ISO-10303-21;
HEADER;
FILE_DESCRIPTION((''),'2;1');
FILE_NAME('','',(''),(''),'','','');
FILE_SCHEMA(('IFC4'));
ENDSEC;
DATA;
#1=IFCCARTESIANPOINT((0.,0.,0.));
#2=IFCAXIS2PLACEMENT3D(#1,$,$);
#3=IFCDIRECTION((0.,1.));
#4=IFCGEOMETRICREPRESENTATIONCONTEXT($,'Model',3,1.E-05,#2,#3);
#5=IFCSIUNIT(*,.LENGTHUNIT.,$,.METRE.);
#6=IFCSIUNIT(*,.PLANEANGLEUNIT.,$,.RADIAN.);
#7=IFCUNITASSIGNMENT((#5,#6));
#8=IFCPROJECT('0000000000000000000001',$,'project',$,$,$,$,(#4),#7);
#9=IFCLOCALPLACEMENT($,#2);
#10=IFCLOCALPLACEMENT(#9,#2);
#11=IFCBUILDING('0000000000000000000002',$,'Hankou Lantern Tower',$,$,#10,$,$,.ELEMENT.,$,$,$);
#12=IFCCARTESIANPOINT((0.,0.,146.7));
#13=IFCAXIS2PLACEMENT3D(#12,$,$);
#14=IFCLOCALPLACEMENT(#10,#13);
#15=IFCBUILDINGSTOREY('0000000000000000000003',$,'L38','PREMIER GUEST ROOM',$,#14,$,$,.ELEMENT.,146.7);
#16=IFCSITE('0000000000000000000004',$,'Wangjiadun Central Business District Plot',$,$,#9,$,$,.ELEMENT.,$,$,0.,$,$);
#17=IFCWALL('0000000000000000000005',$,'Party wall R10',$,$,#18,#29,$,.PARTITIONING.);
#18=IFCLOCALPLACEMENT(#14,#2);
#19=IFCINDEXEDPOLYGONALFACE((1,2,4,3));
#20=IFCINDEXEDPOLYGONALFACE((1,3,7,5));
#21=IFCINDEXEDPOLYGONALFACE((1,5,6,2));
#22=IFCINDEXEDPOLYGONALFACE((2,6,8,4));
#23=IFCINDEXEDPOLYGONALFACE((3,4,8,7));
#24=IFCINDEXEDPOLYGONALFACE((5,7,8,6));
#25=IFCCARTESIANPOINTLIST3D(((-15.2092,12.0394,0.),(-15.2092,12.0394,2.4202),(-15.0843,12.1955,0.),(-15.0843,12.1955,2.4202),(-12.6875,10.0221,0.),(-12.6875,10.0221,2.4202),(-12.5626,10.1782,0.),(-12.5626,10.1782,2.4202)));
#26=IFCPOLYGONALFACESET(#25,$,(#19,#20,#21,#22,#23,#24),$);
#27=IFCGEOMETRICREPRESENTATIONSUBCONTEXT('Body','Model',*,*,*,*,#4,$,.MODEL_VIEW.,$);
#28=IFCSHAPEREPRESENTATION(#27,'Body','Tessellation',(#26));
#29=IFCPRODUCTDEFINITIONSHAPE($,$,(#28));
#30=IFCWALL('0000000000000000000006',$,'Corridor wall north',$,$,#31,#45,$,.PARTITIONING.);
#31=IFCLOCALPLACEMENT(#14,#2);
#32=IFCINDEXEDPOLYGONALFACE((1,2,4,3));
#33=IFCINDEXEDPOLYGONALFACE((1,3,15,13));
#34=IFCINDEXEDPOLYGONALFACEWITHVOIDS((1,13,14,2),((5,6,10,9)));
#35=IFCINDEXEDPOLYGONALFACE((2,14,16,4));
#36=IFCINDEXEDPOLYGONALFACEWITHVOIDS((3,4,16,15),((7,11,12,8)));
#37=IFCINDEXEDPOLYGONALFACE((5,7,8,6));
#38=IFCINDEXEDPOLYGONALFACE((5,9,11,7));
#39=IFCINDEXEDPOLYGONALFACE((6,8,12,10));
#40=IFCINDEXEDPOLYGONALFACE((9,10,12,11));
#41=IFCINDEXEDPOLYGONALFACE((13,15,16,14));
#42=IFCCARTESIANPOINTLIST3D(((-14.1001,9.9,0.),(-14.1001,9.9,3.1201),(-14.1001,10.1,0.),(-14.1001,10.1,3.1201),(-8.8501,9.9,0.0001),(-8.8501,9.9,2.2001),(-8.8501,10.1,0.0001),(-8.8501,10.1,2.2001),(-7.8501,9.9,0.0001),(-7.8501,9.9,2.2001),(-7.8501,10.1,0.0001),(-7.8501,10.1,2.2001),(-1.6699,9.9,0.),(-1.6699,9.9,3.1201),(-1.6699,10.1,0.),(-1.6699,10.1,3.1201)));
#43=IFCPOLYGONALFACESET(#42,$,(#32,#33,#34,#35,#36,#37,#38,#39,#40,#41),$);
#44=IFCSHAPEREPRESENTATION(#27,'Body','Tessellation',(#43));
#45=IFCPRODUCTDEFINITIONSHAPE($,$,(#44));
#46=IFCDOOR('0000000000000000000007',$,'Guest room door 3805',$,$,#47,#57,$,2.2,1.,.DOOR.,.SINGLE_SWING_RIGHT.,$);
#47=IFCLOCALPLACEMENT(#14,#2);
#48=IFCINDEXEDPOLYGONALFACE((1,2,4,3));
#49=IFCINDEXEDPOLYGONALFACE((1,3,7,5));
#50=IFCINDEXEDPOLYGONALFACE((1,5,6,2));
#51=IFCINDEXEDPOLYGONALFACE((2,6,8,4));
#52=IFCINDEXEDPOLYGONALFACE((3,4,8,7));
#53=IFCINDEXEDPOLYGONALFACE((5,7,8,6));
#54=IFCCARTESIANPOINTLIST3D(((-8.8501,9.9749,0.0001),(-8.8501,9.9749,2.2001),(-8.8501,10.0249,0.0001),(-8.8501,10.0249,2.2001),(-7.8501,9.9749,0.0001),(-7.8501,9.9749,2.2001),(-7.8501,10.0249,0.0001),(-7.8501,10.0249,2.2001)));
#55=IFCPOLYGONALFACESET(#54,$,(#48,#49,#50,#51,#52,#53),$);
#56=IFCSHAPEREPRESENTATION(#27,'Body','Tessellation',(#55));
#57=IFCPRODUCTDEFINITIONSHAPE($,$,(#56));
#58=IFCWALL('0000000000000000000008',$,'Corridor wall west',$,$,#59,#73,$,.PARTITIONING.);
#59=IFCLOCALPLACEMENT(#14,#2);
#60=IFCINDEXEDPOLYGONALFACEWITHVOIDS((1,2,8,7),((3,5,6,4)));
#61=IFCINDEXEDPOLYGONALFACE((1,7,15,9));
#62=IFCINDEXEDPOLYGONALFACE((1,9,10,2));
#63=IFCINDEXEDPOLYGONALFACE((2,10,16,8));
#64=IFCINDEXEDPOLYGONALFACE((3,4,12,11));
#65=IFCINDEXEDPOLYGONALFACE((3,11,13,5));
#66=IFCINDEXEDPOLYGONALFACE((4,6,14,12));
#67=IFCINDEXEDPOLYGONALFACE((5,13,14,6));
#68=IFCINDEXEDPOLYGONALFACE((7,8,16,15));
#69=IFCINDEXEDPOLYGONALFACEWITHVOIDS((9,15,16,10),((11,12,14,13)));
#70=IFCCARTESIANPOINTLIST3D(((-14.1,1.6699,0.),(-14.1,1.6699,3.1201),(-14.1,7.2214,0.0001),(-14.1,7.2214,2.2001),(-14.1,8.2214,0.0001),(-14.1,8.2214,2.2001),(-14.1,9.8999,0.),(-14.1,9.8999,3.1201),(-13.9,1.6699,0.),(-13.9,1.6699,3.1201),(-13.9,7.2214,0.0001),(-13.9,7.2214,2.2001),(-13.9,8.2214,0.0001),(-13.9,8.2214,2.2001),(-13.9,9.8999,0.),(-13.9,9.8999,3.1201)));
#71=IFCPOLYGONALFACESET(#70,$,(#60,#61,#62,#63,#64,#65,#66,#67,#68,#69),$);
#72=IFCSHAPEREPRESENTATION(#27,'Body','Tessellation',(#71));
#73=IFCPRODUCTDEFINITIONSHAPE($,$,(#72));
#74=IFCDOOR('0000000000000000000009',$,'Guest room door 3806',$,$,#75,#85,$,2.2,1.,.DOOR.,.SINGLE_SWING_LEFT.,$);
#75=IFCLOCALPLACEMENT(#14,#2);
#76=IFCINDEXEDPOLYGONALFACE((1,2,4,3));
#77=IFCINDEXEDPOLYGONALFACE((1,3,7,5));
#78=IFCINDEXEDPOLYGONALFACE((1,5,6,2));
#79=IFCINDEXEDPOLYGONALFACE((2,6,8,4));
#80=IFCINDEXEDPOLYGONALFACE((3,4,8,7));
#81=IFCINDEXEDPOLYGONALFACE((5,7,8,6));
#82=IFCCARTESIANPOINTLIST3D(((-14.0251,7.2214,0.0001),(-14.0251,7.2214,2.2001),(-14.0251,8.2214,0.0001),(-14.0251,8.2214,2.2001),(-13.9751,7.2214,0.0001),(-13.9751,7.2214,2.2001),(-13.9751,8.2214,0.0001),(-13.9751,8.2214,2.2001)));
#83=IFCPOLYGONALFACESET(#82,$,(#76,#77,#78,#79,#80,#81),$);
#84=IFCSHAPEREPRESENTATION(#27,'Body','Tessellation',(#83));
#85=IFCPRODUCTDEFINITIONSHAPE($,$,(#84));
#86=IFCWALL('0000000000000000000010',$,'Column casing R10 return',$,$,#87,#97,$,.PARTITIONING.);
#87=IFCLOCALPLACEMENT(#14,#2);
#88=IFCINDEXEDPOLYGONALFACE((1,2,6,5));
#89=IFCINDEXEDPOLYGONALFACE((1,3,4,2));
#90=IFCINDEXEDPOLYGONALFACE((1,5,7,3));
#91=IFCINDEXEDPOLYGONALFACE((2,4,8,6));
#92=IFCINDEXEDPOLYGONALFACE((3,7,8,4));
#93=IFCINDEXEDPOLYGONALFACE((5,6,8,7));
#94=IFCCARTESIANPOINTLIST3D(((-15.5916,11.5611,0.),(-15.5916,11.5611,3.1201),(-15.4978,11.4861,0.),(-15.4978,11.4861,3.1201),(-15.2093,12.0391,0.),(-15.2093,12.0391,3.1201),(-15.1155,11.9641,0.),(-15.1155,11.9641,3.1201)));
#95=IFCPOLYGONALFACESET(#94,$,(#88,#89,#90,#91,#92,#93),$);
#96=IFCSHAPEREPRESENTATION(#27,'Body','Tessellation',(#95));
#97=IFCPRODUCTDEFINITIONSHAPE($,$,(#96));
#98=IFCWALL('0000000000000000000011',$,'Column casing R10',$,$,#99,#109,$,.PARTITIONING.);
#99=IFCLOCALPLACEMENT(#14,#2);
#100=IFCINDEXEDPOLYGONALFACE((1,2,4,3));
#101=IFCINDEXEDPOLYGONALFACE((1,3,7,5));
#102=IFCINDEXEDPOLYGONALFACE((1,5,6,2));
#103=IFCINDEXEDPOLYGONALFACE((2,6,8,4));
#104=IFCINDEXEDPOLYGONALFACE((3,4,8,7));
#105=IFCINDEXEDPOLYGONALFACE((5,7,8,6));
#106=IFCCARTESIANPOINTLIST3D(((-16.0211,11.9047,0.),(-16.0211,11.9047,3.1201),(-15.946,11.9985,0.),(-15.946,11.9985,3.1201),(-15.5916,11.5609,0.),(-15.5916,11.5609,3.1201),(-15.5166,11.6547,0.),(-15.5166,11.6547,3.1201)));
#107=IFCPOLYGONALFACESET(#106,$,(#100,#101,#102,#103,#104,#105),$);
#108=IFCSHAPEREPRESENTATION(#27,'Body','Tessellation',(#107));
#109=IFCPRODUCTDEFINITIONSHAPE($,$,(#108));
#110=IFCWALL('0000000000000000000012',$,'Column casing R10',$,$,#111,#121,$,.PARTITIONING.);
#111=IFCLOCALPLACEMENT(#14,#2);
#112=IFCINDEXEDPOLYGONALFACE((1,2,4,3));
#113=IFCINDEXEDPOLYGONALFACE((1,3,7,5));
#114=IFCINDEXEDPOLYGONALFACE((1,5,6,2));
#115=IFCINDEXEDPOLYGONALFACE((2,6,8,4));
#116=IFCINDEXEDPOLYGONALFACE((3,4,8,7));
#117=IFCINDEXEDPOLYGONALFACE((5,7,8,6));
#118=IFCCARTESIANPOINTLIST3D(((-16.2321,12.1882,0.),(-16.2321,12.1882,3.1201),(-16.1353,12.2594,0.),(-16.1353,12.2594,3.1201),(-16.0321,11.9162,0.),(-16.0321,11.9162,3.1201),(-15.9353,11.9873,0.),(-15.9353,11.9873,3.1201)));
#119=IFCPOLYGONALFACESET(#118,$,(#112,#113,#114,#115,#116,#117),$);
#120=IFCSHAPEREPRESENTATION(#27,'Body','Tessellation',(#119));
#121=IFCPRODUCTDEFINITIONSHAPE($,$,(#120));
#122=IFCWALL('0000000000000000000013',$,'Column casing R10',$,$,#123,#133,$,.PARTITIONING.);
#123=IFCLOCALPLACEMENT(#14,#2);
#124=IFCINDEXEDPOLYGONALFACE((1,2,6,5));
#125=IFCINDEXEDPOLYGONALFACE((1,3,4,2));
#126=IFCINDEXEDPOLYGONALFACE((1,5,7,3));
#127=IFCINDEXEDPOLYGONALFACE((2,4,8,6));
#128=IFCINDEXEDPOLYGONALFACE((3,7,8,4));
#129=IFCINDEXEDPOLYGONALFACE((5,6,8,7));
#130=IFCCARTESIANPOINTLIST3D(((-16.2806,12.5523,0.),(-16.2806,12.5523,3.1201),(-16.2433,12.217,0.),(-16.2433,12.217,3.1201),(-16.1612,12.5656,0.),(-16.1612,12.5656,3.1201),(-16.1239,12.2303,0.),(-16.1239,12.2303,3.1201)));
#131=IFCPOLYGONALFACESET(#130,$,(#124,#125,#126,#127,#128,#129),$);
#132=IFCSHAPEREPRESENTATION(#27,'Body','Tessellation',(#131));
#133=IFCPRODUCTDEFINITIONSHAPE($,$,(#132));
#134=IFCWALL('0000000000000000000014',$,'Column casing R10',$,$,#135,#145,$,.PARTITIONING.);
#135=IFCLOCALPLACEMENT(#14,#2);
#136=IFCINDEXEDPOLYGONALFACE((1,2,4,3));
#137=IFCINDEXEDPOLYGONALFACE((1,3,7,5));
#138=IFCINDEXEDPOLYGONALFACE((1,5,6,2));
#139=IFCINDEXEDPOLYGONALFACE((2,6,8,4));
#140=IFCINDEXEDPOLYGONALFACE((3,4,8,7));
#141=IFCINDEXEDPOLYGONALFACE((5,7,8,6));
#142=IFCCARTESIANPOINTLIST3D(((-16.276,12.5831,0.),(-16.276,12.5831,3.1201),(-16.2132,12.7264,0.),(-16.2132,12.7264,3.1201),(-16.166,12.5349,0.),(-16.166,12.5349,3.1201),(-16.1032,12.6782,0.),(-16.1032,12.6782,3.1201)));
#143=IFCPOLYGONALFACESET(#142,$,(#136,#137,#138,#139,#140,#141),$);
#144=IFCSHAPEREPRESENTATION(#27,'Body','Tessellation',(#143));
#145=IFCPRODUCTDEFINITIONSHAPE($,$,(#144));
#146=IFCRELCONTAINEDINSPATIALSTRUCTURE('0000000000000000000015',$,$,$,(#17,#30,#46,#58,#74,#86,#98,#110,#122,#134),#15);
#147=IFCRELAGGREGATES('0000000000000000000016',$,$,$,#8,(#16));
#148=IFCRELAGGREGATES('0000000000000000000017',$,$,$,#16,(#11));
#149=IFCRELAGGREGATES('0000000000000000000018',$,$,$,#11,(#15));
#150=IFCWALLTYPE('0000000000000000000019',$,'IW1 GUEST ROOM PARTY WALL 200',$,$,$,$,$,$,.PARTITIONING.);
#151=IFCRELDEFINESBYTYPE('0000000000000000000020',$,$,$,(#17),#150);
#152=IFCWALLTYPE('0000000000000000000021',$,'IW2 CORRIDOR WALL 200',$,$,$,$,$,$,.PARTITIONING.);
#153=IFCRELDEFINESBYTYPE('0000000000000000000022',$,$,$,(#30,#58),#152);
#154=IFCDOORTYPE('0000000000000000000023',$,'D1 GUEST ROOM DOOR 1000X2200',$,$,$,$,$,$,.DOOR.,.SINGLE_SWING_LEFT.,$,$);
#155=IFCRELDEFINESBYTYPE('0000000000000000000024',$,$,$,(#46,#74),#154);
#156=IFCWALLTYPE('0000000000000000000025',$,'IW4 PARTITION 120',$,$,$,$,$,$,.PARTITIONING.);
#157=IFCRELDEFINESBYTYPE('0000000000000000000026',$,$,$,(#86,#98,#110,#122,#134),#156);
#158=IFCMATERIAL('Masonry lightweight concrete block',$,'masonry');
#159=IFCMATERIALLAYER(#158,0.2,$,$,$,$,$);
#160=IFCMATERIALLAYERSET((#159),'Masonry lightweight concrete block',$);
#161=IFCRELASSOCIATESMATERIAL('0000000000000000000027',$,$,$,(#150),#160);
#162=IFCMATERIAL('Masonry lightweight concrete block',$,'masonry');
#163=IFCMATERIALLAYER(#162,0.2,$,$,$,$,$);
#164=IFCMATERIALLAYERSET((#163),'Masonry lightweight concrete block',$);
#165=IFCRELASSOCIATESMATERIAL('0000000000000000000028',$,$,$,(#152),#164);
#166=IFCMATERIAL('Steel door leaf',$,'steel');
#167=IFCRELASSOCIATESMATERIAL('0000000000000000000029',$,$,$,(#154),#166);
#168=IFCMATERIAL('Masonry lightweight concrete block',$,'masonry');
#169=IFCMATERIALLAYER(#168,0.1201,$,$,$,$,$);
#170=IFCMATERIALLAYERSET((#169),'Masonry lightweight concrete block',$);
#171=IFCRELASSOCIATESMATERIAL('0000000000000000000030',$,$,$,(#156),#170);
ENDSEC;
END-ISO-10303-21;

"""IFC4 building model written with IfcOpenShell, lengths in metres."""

from ifc_helpers import new_model, si_unit, direction, frame, frame_2d, origin, place, context, subcontext, project, spatial, rectangle, extrude, material, layer, layer_set, type_object, element, fill, save


model = new_model("IFC4")

# Units and contexts
model_context = context("Model", 3, precision=1e-05, world=origin(), true_north=direction((0.0, 1.0)))
body_context = subcontext(model_context, "Body", "Model", "MODEL_VIEW")
ifc_project = project(units=[si_unit("LENGTHUNIT", "METRE"), si_unit("PLANEANGLEUNIT", "RADIAN")], contexts=[model_context])

# Site, building, storey
site_placement = place(None, origin())
site = spatial("IfcSite", under=ifc_project, at=site_placement, Name="Wangjiadun Central Business District Plot", CompositionType="ELEMENT", RefElevation=0.0)
building_placement = place(site_placement, origin())
building = spatial("IfcBuilding", under=site, at=building_placement, Name="Hankou Lantern Tower", CompositionType="ELEMENT")
storey_placement = place(building_placement, frame((0.0, 0.0, 146.7)))
storey = spatial("IfcBuildingStorey", under=building, at=storey_placement, Name="L38", Description="PREMIER GUEST ROOM", CompositionType="ELEMENT", Elevation=146.7)

# Wall
ifc_material_1 = material(Name="Masonry lightweight concrete block", Category="masonry")
ifc_layer_1 = layer(ifc_material_1, 0.2)
ifc_layer_set_1 = layer_set([ifc_layer_1], Name="Masonry lightweight concrete block")
wall_type_1 = type_object("IfcWallType", Name="IW1 GUEST ROOM PARTY WALL 200", PredefinedType="PARTITIONING", material=ifc_layer_set_1)
wall_1_placement = place(storey_placement, frame((-12.625, 10.1001, 0.0), z_axis=(0.0, 0.0, 1.0), x_axis=(-0.780876, 0.624686, 0.0)))
element("IfcWall", 1, at=wall_1_placement, inside=storey, type_object=wall_type_1, Name="Party wall R10", PredefinedType="PARTITIONING", context=body_context, shape_type="SweptSolid", body=[
    extrude(rectangle(XDim=3.2292, YDim=0.2, at=frame_2d((1.6147, 0.0))), origin(), (0.0, 0.0, 1.0), 2.4202),
])

# Walls, openings, doors
ifc_material_2 = material(Name="Masonry lightweight concrete block", Category="masonry")
ifc_layer_2 = layer(ifc_material_2, 0.2)
ifc_layer_set_2 = layer_set([ifc_layer_2], Name="Masonry lightweight concrete block")
wall_type_2 = type_object("IfcWallType", Name="IW2 CORRIDOR WALL 200", PredefinedType="PARTITIONING", material=ifc_layer_set_2)
wall_2_placement = place(storey_placement, frame((-14.1001, 10.0, 0.0), z_axis=(0.0, 0.0, 1.0), x_axis=(1.0, 0.0, 0.0)))
wall_2 = element("IfcWall", 2, at=wall_2_placement, inside=storey, type_object=wall_type_2, Name="Corridor wall north", PredefinedType="PARTITIONING", context=body_context, shape_type="SweptSolid", body=[
    extrude(rectangle(XDim=12.4302, YDim=0.2, at=frame_2d((6.2151, 0.0))), origin(), (0.0, 0.0, 1.0), 3.1201),
])
opening_1_placement = place(wall_2_placement, frame((5.25, 0.0, 0.0)))
opening_1 = element("IfcOpeningElement", 3, at=opening_1_placement, cuts=wall_2, PredefinedType="OPENING", context=body_context, shape_type="SweptSolid", body=[
    extrude(rectangle(XDim=1.0, YDim=2.2, at=frame_2d((0.5, 1.1001))), frame((0.0, 0.1099, 0.0), z_axis=(0.0, -1.0, 0.0), x_axis=(1.0, 0.0, 0.0)), (0.0, 0.0, 1.0), 0.22),
])
ifc_material_3 = material(Name="Steel door leaf", Category="steel")
door_type = type_object("IfcDoorType", Name="D1 GUEST ROOM DOOR 1000X2200", OperationType="SINGLE_SWING_LEFT", PredefinedType="DOOR", material=ifc_material_3)
door_1_placement = place(opening_1_placement, origin())
door_1 = element("IfcDoor", 4, at=door_1_placement, inside=storey, type_object=door_type, Name="Guest room door 3805", OperationType="SINGLE_SWING_RIGHT", OverallHeight=2.2, OverallWidth=1.0, PredefinedType="DOOR", context=body_context, shape_type="SweptSolid", body=[
    extrude(rectangle(XDim=1.0, YDim=2.2, at=frame_2d((0.5, 1.1001))), frame((0.0, 0.0249, 0.0), z_axis=(0.0, -1.0, 0.0), x_axis=(1.0, 0.0, 0.0)), (0.0, 0.0, 1.0), 0.05),
])
fill(opening_1, door_1)
wall_3_placement = place(storey_placement, frame((-14.0, 9.8999, 0.0), z_axis=(0.0, 0.0, 1.0), x_axis=(0.0, -1.0, 0.0)))
wall_3 = element("IfcWall", 5, at=wall_3_placement, inside=storey, type_object=wall_type_2, Name="Corridor wall west", PredefinedType="PARTITIONING", context=body_context, shape_type="SweptSolid", body=[
    extrude(rectangle(XDim=8.23, YDim=0.2, at=frame_2d((4.115, 0.0))), origin(), (0.0, 0.0, 1.0), 3.1201),
])
opening_2_placement = place(wall_3_placement, frame((1.6785, 0.0, 0.0)))
opening_2 = element("IfcOpeningElement", 6, at=opening_2_placement, cuts=wall_3, PredefinedType="OPENING", context=body_context, shape_type="SweptSolid", body=[
    extrude(rectangle(XDim=1.0, YDim=2.2, at=frame_2d((0.5, 1.1001))), frame((0.0, 0.1099, 0.0), z_axis=(0.0, -1.0, 0.0), x_axis=(1.0, 0.0, 0.0)), (0.0, 0.0, 1.0), 0.22),
])
door_2_placement = place(opening_2_placement, origin())
door_2 = element("IfcDoor", 7, at=door_2_placement, inside=storey, type_object=door_type, Name="Guest room door 3806", OperationType="SINGLE_SWING_LEFT", OverallHeight=2.2, OverallWidth=1.0, PredefinedType="DOOR", context=body_context, shape_type="SweptSolid", body=[
    extrude(rectangle(XDim=1.0, YDim=2.2, at=frame_2d((0.5, 1.1001))), frame((0.0, 0.0249, 0.0), z_axis=(0.0, -1.0, 0.0), x_axis=(1.0, 0.0, 0.0)), (0.0, 0.0, 1.0), 0.05),
])
fill(opening_2, door_2)

# Walls
ifc_material_4 = material(Name="Masonry lightweight concrete block", Category="masonry")
ifc_layer_3 = layer(ifc_material_4, 0.1201)
ifc_layer_set_3 = layer_set([ifc_layer_3], Name="Masonry lightweight concrete block")
wall_type_3 = type_object("IfcWallType", Name="IW4 PARTITION 120", PredefinedType="PARTITIONING", material=ifc_layer_set_3)
wall_4_placement = place(storey_placement, frame((-15.1624, 12.0017, 0.0), z_axis=(0.0, 0.0, 1.0), x_axis=(-0.624598, -0.780947, 0.0)))
element("IfcWall", 8, at=wall_4_placement, inside=storey, type_object=wall_type_3, Name="Column casing R10 return", PredefinedType="PARTITIONING", context=body_context, shape_type="SweptSolid", body=[
    extrude(rectangle(XDim=0.6121, YDim=0.1201, at=frame_2d((0.3062, 0.0))), origin(), (0.0, 0.0, 1.0), 3.1201),
])
wall_5_placement = place(storey_placement, frame((-15.5542, 11.6079, 0.0), z_axis=(0.0, 0.0, 1.0), x_axis=(-0.780696, 0.624912, 0.0)))
element("IfcWall", 9, at=wall_5_placement, inside=storey, type_object=wall_type_3, Name="Column casing R10", PredefinedType="PARTITIONING", context=body_context, shape_type="SweptSolid", body=[
    extrude(rectangle(XDim=0.55, YDim=0.1201, at=frame_2d((0.2749, 0.0))), origin(), (0.0, 0.0, 1.0), 3.1201),
])
wall_6_placement = place(storey_placement, frame((-15.9836, 11.9517, 0.0), z_axis=(0.0, 0.0, 1.0), x_axis=(-0.592335, 0.805692, 0.0)))
element("IfcWall", 10, at=wall_6_placement, inside=storey, type_object=wall_type_3, Name="Column casing R10", PredefinedType="PARTITIONING", context=body_context, shape_type="SweptSolid", body=[
    extrude(rectangle(XDim=0.3376, YDim=0.1201, at=frame_2d((0.1689, 0.0))), origin(), (0.0, 0.0, 1.0), 3.1201),
])
wall_7_placement = place(storey_placement, frame((-16.1836, 12.2236, 0.0), z_axis=(0.0, 0.0, 1.0), x_axis=(-0.11067, 0.993857, 0.0)))
element("IfcWall", 11, at=wall_7_placement, inside=storey, type_object=wall_type_3, Name="Column casing R10", PredefinedType="PARTITIONING", context=body_context, shape_type="SweptSolid", body=[
    extrude(rectangle(XDim=0.3374, YDim=0.1201, at=frame_2d((0.1687, 0.0))), origin(), (0.0, 0.0, 1.0), 3.1201),
])
wall_8_placement = place(storey_placement, frame((-16.2209, 12.5591, 0.0), z_axis=(0.0, 0.0, 1.0), x_axis=(0.401064, 0.91605, 0.0)))
element("IfcWall", 12, at=wall_8_placement, inside=storey, type_object=wall_type_3, Name="Column casing R10", PredefinedType="PARTITIONING", context=body_context, shape_type="SweptSolid", body=[
    extrude(rectangle(XDim=0.1565, YDim=0.1201, at=frame_2d((0.0781, 0.0))), origin(), (0.0, 0.0, 1.0), 3.1201),
])

save(model, "model.ifc")
